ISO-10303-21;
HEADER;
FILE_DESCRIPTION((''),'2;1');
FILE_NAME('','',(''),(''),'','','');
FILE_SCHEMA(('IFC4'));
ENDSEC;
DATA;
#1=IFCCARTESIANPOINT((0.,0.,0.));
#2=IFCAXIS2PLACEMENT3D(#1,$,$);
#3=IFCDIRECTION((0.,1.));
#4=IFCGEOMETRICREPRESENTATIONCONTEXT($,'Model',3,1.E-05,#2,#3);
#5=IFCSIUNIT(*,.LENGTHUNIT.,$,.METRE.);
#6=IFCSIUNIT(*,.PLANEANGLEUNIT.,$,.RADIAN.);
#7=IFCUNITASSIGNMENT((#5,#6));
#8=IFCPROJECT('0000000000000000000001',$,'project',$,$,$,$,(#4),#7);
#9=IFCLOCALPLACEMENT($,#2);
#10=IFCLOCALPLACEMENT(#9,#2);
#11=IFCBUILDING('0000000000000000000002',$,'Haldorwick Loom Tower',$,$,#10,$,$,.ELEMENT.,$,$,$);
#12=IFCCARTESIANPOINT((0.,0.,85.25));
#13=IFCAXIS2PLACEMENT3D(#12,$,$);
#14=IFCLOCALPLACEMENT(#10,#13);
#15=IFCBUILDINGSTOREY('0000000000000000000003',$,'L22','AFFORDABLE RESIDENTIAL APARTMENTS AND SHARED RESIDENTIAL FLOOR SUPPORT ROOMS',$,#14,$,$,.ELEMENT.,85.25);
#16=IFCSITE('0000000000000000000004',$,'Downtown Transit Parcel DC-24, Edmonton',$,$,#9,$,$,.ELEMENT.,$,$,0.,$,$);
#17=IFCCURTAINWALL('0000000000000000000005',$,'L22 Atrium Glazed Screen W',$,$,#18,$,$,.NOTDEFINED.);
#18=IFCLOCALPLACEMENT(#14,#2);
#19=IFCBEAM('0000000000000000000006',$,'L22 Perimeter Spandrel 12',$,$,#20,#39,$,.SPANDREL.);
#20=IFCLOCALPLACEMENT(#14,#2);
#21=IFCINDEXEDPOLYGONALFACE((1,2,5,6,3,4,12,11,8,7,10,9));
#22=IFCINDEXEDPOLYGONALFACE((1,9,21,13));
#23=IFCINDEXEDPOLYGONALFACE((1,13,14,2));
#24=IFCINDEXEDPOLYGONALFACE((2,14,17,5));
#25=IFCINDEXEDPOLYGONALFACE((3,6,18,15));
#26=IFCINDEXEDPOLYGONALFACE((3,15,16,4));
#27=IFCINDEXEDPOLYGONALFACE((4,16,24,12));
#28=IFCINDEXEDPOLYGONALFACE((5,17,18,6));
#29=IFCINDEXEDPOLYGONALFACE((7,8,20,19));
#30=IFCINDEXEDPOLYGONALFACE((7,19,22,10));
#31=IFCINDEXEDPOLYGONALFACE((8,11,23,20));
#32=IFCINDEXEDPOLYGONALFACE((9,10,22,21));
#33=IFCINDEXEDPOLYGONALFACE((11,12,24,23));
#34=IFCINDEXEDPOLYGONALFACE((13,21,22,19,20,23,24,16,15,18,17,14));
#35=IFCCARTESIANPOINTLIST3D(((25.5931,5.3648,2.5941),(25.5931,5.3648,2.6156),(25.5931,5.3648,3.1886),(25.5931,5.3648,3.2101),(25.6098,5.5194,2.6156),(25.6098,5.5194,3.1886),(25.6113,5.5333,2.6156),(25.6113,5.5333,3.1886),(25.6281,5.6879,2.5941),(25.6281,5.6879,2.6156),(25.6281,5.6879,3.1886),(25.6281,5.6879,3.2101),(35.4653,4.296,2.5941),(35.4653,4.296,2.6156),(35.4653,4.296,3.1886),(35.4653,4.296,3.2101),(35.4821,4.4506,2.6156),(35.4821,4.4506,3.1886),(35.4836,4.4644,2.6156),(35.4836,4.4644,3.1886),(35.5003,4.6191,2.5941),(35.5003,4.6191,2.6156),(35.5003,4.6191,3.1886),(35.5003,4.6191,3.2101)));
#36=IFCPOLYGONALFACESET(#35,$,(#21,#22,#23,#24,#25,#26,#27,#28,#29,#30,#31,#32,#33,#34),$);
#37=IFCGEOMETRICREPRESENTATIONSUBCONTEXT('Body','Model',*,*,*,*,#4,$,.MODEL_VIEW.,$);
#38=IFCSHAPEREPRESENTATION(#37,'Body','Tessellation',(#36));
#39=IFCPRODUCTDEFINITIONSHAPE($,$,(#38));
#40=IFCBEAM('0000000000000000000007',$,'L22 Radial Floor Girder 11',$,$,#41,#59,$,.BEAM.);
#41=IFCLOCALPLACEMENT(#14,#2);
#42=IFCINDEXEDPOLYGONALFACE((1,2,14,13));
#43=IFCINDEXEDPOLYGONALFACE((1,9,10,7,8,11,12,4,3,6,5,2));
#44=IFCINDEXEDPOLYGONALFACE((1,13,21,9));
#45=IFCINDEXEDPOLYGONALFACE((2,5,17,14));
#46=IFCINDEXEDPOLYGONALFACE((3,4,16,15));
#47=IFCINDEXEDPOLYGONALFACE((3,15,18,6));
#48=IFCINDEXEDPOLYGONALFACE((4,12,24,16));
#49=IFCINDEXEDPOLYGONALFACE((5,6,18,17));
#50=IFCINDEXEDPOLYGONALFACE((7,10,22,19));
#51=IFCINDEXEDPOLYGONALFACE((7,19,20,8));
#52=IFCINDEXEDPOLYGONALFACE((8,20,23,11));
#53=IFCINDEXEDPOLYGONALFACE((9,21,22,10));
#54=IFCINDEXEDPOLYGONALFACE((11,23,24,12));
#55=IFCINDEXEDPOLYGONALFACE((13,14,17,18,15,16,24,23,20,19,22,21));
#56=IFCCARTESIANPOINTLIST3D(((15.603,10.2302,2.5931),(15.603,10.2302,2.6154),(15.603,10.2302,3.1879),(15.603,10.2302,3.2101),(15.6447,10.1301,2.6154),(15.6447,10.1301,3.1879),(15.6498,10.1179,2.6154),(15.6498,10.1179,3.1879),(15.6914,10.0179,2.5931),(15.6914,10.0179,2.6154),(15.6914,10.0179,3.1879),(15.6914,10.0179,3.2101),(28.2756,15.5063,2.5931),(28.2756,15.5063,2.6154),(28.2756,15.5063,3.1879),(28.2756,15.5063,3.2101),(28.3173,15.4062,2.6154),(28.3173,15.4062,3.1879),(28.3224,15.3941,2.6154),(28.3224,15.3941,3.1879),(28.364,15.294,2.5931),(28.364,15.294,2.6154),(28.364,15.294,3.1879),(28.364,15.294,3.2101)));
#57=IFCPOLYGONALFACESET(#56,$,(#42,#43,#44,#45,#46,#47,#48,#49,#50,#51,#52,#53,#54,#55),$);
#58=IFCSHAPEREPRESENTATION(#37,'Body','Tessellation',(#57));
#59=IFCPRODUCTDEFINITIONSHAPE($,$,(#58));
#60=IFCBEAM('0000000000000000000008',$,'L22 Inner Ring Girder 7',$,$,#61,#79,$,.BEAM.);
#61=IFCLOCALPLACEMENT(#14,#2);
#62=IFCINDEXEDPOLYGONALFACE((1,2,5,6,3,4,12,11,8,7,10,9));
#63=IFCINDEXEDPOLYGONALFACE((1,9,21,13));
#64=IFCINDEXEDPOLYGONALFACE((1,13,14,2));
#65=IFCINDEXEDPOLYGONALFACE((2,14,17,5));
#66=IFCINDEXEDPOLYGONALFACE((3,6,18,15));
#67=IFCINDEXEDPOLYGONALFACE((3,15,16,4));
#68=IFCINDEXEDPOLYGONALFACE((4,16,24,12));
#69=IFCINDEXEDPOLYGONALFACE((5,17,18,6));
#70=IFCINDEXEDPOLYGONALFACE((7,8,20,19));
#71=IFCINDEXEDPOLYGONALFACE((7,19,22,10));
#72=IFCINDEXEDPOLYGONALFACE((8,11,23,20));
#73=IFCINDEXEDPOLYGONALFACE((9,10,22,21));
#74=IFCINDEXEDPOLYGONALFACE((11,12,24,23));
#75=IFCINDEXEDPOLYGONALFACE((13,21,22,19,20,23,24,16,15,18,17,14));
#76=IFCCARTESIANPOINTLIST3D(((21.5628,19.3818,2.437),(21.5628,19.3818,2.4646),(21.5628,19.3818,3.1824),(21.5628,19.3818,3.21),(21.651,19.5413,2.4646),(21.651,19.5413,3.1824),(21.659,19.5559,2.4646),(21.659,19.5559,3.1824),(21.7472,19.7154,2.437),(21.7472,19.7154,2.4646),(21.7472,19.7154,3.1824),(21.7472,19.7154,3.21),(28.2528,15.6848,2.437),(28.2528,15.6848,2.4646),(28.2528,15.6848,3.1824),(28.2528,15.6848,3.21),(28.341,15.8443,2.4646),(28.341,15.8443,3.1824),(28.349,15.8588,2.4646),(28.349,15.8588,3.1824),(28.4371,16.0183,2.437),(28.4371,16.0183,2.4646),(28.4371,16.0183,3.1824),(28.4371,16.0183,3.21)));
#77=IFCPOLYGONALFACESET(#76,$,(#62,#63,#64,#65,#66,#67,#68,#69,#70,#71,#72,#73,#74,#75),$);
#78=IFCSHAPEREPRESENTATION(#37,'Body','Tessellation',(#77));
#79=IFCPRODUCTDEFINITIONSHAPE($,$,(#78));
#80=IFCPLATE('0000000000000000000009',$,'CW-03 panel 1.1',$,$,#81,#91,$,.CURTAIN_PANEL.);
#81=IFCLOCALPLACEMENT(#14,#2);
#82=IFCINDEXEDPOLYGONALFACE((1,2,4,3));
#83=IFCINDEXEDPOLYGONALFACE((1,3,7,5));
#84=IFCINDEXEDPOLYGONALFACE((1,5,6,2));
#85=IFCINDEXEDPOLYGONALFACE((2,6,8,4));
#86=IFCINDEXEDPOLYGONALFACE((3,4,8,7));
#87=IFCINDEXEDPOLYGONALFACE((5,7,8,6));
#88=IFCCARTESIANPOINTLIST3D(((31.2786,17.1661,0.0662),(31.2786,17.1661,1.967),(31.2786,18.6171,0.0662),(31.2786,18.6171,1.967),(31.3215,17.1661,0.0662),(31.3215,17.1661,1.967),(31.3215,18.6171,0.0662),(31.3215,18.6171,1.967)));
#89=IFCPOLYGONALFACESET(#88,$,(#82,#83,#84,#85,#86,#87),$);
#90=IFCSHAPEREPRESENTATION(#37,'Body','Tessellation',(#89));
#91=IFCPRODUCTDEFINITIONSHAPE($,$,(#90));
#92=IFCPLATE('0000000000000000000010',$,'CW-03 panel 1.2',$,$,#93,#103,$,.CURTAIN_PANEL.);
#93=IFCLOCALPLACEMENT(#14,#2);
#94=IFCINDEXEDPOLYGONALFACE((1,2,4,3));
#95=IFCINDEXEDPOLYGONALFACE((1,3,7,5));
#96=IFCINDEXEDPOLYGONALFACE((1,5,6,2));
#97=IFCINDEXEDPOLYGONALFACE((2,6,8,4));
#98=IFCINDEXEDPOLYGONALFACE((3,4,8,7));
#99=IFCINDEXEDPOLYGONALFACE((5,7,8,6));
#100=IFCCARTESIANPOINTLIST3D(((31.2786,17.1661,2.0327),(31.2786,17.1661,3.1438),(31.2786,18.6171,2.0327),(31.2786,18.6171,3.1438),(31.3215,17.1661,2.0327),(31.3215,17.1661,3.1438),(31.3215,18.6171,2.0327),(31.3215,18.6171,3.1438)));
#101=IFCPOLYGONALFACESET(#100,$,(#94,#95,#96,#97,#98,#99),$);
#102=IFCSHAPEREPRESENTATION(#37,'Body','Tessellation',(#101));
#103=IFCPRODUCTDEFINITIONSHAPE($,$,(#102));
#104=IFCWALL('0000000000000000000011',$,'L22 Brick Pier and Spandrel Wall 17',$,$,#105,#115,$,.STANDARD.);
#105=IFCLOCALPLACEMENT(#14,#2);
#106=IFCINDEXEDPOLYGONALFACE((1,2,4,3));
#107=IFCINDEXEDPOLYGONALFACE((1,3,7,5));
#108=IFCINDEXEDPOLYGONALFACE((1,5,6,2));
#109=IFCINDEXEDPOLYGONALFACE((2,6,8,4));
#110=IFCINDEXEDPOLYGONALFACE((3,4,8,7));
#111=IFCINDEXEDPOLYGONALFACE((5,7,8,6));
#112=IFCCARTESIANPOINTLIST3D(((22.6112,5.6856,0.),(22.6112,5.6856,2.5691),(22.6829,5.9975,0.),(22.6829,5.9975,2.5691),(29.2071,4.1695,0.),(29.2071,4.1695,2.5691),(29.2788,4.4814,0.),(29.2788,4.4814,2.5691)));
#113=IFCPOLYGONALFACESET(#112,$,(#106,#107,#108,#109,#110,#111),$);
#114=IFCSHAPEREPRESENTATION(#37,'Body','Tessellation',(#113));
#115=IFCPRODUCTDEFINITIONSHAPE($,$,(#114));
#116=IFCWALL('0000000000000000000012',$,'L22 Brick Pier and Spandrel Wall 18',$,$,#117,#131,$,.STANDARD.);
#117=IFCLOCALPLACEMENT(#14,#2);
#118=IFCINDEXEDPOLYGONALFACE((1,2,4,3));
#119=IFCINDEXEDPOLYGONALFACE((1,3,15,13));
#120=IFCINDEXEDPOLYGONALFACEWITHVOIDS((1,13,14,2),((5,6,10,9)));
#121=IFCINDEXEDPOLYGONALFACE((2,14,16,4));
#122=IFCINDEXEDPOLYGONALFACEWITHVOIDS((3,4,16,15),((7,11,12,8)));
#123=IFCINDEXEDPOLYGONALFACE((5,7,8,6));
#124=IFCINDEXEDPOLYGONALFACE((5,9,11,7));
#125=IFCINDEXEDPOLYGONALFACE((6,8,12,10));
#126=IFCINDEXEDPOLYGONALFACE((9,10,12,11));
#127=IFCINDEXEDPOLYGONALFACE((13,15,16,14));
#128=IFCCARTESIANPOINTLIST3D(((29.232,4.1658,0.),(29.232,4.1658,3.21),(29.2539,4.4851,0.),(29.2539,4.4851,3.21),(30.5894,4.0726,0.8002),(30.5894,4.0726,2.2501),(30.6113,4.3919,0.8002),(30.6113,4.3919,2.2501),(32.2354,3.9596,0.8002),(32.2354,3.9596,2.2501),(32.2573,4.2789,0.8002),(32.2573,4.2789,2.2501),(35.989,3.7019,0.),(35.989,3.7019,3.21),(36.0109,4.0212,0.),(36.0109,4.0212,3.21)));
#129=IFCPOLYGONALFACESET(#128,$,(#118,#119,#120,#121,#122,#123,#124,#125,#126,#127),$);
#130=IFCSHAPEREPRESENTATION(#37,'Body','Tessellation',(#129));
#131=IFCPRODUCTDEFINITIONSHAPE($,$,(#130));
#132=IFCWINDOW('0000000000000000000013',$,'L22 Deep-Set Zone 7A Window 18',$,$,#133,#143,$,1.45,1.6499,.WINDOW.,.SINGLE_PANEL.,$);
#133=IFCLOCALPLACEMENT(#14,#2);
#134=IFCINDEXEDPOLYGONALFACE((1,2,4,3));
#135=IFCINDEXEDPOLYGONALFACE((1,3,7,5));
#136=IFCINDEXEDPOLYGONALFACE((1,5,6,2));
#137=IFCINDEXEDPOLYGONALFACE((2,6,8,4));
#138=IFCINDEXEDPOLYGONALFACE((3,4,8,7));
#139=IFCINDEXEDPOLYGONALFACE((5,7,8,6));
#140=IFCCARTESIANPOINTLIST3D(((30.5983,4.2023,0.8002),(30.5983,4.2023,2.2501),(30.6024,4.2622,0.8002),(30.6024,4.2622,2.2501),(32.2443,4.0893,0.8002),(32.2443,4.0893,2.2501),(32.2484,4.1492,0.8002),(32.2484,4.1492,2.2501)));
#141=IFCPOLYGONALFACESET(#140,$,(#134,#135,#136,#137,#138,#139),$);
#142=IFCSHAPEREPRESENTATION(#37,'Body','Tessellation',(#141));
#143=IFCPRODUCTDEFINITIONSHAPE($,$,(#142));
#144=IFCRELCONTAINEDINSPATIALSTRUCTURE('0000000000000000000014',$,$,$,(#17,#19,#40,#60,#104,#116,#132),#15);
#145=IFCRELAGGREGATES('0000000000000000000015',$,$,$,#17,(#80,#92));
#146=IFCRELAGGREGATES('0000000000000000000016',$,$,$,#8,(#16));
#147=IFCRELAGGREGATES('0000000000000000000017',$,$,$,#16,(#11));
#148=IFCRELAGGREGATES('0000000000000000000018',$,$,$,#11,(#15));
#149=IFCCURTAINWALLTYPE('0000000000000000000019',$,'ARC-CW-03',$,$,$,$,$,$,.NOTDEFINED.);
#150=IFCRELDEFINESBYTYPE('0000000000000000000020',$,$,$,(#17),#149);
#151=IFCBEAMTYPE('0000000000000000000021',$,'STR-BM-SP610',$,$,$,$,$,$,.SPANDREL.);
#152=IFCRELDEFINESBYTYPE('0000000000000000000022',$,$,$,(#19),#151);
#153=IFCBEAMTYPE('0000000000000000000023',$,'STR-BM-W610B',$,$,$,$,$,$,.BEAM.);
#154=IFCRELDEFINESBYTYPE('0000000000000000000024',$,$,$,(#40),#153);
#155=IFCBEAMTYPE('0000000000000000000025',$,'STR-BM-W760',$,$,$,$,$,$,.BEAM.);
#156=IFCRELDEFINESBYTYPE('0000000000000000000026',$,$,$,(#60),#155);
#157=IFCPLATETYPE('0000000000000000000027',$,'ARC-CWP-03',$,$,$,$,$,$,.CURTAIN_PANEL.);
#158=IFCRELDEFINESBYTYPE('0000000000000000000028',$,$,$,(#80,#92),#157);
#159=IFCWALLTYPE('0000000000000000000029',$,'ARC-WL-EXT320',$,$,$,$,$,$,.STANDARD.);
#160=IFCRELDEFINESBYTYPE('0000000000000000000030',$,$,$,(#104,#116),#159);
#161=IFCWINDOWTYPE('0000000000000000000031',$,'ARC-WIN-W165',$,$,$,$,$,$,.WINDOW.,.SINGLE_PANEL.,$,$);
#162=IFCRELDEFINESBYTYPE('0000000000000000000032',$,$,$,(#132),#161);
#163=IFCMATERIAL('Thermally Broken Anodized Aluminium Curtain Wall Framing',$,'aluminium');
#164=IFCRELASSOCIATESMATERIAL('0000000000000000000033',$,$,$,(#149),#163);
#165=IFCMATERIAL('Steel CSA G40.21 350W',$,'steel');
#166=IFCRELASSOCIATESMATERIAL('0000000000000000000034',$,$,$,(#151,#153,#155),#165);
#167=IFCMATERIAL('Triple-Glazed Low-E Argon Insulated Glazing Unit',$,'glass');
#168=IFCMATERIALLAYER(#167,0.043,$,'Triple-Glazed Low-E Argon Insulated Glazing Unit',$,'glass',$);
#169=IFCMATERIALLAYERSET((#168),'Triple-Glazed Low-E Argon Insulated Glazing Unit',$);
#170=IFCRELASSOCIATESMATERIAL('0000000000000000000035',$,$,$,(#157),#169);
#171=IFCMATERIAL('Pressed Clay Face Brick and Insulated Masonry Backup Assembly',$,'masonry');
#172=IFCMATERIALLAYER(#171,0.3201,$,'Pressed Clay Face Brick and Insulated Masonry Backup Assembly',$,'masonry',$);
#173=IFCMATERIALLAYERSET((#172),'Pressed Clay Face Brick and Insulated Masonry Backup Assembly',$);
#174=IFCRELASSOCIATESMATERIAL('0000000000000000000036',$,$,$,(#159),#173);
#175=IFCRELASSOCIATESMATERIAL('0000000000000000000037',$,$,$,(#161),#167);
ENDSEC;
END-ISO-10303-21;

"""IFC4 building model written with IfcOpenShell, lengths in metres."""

from ifc_helpers import new_model, si_unit, direction, frame, frame_2d, origin, origin_2d, place, context, subcontext, project, spatial, rectangle, i_section, extrude, material, layer, layer_set, material_profile, profile_set, type_object, element, fill, aggregate, save


model = new_model("IFC4")

# Units and contexts
model_context = context("Model", 3, precision=1e-05, world=origin(), true_north=direction((0.0, 1.0)))
body_context = subcontext(model_context, "Body", "Model", "MODEL_VIEW")
ifc_project = project(units=[si_unit("LENGTHUNIT", "METRE"), si_unit("PLANEANGLEUNIT", "RADIAN")], contexts=[model_context])

# Site, building, storey
site_placement = place(None, origin())
site = spatial("IfcSite", under=ifc_project, at=site_placement, Name="Downtown Transit Parcel DC-24, Edmonton", CompositionType="ELEMENT", RefElevation=0.0)
building_placement = place(site_placement, origin())
building = spatial("IfcBuilding", under=site, at=building_placement, Name="Haldorwick Loom Tower", CompositionType="ELEMENT")
storey_placement = place(building_placement, frame((0.0, 0.0, 85.25)))
storey = spatial("IfcBuildingStorey", under=building, at=storey_placement, Name="L22", Description="AFFORDABLE RESIDENTIAL APARTMENTS AND SHARED RESIDENTIAL FLOOR SUPPORT ROOMS", CompositionType="ELEMENT", Elevation=85.25)

# Curtain wall
ifc_material_1 = material(Name="Thermally Broken Anodized Aluminium Curtain Wall Framing", Category="aluminium")
curtain_wall_type = type_object("IfcCurtainWallType", Name="ARC-CW-03", PredefinedType="NOTDEFINED", material=ifc_material_1)
curtain_wall_placement = place(storey_placement, origin())
curtain_wall = element("IfcCurtainWall", 1, at=curtain_wall_placement, inside=storey, type_object=curtain_wall_type, Name="L22 Atrium Glazed Screen W", PredefinedType="NOTDEFINED")

# Beams
ifc_material_2 = material(Name="Steel CSA G40.21 350W", Category="steel")
ifc_material_profile_1 = material_profile(ifc_material_2, i_section(OverallWidth=0.325, OverallDepth=0.616, WebThickness=0.0139, FlangeThickness=0.0215, at=origin_2d()), Name="W610X174", Category="steel")
ifc_profile_set_1 = profile_set([ifc_material_profile_1], Name="Steel CSA G40.21 350W")
beam_type_1 = type_object("IfcBeamType", Name="STR-BM-SP610", PredefinedType="SPANDREL", material=ifc_profile_set_1)
beam_1_placement = place(storey_placement, frame((25.6106, 5.5264, 2.9021), z_axis=(0.99419, -0.107638, 0.0), x_axis=(0.107638, 0.99419, 0.0)))
element("IfcBeam", 2, at=beam_1_placement, inside=storey, type_object=beam_type_1, Name="L22 Perimeter Spandrel 12", PredefinedType="SPANDREL", context=body_context, shape_type="SweptSolid", body=[
    extrude(i_section(OverallWidth=0.325, OverallDepth=0.616, WebThickness=0.0139, FlangeThickness=0.0215, at=origin_2d()), origin(), (0.0, 0.0, 1.0), 9.9299),
])
ifc_material_profile_2 = material_profile(ifc_material_2, i_section(OverallWidth=0.23, OverallDepth=0.6169, WebThickness=0.0132, FlangeThickness=0.0222, at=origin_2d()), Name="W610X140", Category="steel")
ifc_profile_set_2 = profile_set([ifc_material_profile_2], Name="Steel CSA G40.21 350W")
beam_type_2 = type_object("IfcBeamType", Name="STR-BM-W610B", PredefinedType="BEAM", material=ifc_profile_set_2)
beam_2_placement = place(storey_placement, frame((28.3198, 15.4001, 2.9016), z_axis=(-0.923184, -0.384359, 0.0), x_axis=(0.384359, -0.923184, 0.0)))
element("IfcBeam", 3, at=beam_2_placement, inside=storey, type_object=beam_type_2, Name="L22 Radial Floor Girder 11", PredefinedType="BEAM", context=body_context, shape_type="SweptSolid", body=[
    extrude(i_section(OverallWidth=0.23, OverallDepth=0.6169, WebThickness=0.0132, FlangeThickness=0.0222, at=origin_2d()), origin(), (0.0, 0.0, 1.0), 13.7271),
])
ifc_material_profile_3 = material_profile(ifc_material_2, i_section(OverallWidth=0.3811, OverallDepth=0.7729, WebThickness=0.0166, FlangeThickness=0.0276, at=origin_2d()), Name="W760X257", Category="steel")
ifc_profile_set_3 = profile_set([ifc_material_profile_3], Name="Steel CSA G40.21 350W")
beam_type_3 = type_object("IfcBeamType", Name="STR-BM-W760", PredefinedType="BEAM", material=ifc_profile_set_3)
beam_3_placement = place(storey_placement, frame((28.345, 15.8516, 2.8235), z_axis=(-0.875244, 0.483681, 0.0), x_axis=(-0.483681, -0.875244, 0.0)))
element("IfcBeam", 4, at=beam_3_placement, inside=storey, type_object=beam_type_3, Name="L22 Inner Ring Girder 7", PredefinedType="BEAM", context=body_context, shape_type="SweptSolid", body=[
    extrude(i_section(OverallWidth=0.3811, OverallDepth=0.7729, WebThickness=0.0166, FlangeThickness=0.0276, at=origin_2d()), origin(), (0.0, 0.0, 1.0), 7.6436),
])

# Plates
ifc_material_3 = material(Name="Triple-Glazed Low-E Argon Insulated Glazing Unit", Category="glass")
ifc_layer_1 = layer(ifc_material_3, 0.043, Name="Triple-Glazed Low-E Argon Insulated Glazing Unit", Category="glass")
ifc_layer_set_1 = layer_set([ifc_layer_1], Name="Triple-Glazed Low-E Argon Insulated Glazing Unit")
plate_type = type_object("IfcPlateType", Name="ARC-CWP-03", PredefinedType="CURTAIN_PANEL", material=ifc_layer_set_1)
plate_1_placement = place(storey_placement, frame((31.3, 17.8916, 0.0662), z_axis=(0.0, 0.0, 1.0), x_axis=(0.0, 1.0, 0.0)))
plate_1 = element("IfcPlate", 5, at=plate_1_placement, type_object=plate_type, Name="CW-03 panel 1.1", PredefinedType="CURTAIN_PANEL", context=body_context, shape_type="SweptSolid", body=[
    extrude(rectangle(XDim=1.4509, YDim=0.043, at=origin_2d()), origin(), (0.0, 0.0, 1.0), 1.9009),
])
plate_2_placement = place(storey_placement, frame((31.3, 17.8916, 2.0327), z_axis=(0.0, 0.0, 1.0), x_axis=(0.0, 1.0, 0.0)))
plate_2 = element("IfcPlate", 6, at=plate_2_placement, type_object=plate_type, Name="CW-03 panel 1.2", PredefinedType="CURTAIN_PANEL", context=body_context, shape_type="SweptSolid", body=[
    extrude(rectangle(XDim=1.4509, YDim=0.043, at=origin_2d()), origin(), (0.0, 0.0, 1.0), 1.1111),
])
aggregate(curtain_wall, [plate_1, plate_2])

# Wall
ifc_material_4 = material(Name="Pressed Clay Face Brick and Insulated Masonry Backup Assembly", Category="masonry")
ifc_layer_2 = layer(ifc_material_4, 0.3201, Name="Pressed Clay Face Brick and Insulated Masonry Backup Assembly", Category="masonry")
ifc_layer_set_2 = layer_set([ifc_layer_2], Name="Pressed Clay Face Brick and Insulated Masonry Backup Assembly")
wall_type_1 = type_object("IfcWallType", Name="ARC-WL-EXT320", PredefinedType="STANDARD", material=ifc_layer_set_2)
wall_1_placement = place(storey_placement, frame((22.6472, 5.8416, 0.0), z_axis=(0.0, 0.0, 1.0), x_axis=(0.974584, -0.224022, 0.0)))
element("IfcWall", 7, at=wall_1_placement, inside=storey, type_object=wall_type_1, Name="L22 Brick Pier and Spandrel Wall 17", PredefinedType="STANDARD", context=body_context, shape_type="SweptSolid", body=[
    extrude(rectangle(XDim=6.7678, YDim=0.3201, at=frame_2d((3.3838, 0.0))), origin(), (0.0, 0.0, 1.0), 2.5691),
])

# Wall, opening, window
wall_2_placement = place(storey_placement, frame((29.2429, 4.3254, 0.0), z_axis=(0.0, 0.0, 1.0), x_axis=(0.997652, -0.068488, 0.0)))
wall_2 = element("IfcWall", 8, at=wall_2_placement, inside=storey, type_object=wall_type_1, Name="L22 Brick Pier and Spandrel Wall 18", PredefinedType="STANDARD", context=body_context, shape_type="SweptSolid", body=[
    extrude(rectangle(XDim=6.7729, YDim=0.3201, at=frame_2d((3.3865, 0.0))), origin(), (0.0, 0.0, 1.0), 3.21),
])
opening_1_placement = place(wall_2_placement, frame((1.3606, 0.0, 0.8)))
opening_1 = element("IfcOpeningElement", 9, at=opening_1_placement, cuts=wall_2, PredefinedType="OPENING", context=body_context, shape_type="SweptSolid", body=[
    extrude(rectangle(XDim=1.6499, YDim=1.45, at=frame_2d((0.825, 0.7251))), frame((0.0, 0.1699, 0.0), z_axis=(0.0, -1.0, 0.0), x_axis=(1.0, 0.0, 0.0)), (0.0, 0.0, 1.0), 0.3401),
])
window_type = type_object("IfcWindowType", Name="ARC-WIN-W165", PartitioningType="SINGLE_PANEL", PredefinedType="WINDOW", material=ifc_material_3)
window_placement = place(opening_1_placement, origin())
window = element("IfcWindow", 10, at=window_placement, inside=storey, type_object=window_type, Name="L22 Deep-Set Zone 7A Window 18", OverallHeight=1.45, OverallWidth=1.6499, PartitioningType="SINGLE_PANEL", PredefinedType="WINDOW", context=body_context, shape_type="SweptSolid", body=[
    extrude(rectangle(XDim=1.6499, YDim=1.45, at=frame_2d((0.825, 0.7251))), frame((0.0, 0.03, 0.0), z_axis=(0.0, -1.0, 0.0), x_axis=(1.0, 0.0, 0.0)), (0.0, 0.0, 1.0), 0.0601),
])
fill(opening_1, window)

save(model, "model.ifc")
